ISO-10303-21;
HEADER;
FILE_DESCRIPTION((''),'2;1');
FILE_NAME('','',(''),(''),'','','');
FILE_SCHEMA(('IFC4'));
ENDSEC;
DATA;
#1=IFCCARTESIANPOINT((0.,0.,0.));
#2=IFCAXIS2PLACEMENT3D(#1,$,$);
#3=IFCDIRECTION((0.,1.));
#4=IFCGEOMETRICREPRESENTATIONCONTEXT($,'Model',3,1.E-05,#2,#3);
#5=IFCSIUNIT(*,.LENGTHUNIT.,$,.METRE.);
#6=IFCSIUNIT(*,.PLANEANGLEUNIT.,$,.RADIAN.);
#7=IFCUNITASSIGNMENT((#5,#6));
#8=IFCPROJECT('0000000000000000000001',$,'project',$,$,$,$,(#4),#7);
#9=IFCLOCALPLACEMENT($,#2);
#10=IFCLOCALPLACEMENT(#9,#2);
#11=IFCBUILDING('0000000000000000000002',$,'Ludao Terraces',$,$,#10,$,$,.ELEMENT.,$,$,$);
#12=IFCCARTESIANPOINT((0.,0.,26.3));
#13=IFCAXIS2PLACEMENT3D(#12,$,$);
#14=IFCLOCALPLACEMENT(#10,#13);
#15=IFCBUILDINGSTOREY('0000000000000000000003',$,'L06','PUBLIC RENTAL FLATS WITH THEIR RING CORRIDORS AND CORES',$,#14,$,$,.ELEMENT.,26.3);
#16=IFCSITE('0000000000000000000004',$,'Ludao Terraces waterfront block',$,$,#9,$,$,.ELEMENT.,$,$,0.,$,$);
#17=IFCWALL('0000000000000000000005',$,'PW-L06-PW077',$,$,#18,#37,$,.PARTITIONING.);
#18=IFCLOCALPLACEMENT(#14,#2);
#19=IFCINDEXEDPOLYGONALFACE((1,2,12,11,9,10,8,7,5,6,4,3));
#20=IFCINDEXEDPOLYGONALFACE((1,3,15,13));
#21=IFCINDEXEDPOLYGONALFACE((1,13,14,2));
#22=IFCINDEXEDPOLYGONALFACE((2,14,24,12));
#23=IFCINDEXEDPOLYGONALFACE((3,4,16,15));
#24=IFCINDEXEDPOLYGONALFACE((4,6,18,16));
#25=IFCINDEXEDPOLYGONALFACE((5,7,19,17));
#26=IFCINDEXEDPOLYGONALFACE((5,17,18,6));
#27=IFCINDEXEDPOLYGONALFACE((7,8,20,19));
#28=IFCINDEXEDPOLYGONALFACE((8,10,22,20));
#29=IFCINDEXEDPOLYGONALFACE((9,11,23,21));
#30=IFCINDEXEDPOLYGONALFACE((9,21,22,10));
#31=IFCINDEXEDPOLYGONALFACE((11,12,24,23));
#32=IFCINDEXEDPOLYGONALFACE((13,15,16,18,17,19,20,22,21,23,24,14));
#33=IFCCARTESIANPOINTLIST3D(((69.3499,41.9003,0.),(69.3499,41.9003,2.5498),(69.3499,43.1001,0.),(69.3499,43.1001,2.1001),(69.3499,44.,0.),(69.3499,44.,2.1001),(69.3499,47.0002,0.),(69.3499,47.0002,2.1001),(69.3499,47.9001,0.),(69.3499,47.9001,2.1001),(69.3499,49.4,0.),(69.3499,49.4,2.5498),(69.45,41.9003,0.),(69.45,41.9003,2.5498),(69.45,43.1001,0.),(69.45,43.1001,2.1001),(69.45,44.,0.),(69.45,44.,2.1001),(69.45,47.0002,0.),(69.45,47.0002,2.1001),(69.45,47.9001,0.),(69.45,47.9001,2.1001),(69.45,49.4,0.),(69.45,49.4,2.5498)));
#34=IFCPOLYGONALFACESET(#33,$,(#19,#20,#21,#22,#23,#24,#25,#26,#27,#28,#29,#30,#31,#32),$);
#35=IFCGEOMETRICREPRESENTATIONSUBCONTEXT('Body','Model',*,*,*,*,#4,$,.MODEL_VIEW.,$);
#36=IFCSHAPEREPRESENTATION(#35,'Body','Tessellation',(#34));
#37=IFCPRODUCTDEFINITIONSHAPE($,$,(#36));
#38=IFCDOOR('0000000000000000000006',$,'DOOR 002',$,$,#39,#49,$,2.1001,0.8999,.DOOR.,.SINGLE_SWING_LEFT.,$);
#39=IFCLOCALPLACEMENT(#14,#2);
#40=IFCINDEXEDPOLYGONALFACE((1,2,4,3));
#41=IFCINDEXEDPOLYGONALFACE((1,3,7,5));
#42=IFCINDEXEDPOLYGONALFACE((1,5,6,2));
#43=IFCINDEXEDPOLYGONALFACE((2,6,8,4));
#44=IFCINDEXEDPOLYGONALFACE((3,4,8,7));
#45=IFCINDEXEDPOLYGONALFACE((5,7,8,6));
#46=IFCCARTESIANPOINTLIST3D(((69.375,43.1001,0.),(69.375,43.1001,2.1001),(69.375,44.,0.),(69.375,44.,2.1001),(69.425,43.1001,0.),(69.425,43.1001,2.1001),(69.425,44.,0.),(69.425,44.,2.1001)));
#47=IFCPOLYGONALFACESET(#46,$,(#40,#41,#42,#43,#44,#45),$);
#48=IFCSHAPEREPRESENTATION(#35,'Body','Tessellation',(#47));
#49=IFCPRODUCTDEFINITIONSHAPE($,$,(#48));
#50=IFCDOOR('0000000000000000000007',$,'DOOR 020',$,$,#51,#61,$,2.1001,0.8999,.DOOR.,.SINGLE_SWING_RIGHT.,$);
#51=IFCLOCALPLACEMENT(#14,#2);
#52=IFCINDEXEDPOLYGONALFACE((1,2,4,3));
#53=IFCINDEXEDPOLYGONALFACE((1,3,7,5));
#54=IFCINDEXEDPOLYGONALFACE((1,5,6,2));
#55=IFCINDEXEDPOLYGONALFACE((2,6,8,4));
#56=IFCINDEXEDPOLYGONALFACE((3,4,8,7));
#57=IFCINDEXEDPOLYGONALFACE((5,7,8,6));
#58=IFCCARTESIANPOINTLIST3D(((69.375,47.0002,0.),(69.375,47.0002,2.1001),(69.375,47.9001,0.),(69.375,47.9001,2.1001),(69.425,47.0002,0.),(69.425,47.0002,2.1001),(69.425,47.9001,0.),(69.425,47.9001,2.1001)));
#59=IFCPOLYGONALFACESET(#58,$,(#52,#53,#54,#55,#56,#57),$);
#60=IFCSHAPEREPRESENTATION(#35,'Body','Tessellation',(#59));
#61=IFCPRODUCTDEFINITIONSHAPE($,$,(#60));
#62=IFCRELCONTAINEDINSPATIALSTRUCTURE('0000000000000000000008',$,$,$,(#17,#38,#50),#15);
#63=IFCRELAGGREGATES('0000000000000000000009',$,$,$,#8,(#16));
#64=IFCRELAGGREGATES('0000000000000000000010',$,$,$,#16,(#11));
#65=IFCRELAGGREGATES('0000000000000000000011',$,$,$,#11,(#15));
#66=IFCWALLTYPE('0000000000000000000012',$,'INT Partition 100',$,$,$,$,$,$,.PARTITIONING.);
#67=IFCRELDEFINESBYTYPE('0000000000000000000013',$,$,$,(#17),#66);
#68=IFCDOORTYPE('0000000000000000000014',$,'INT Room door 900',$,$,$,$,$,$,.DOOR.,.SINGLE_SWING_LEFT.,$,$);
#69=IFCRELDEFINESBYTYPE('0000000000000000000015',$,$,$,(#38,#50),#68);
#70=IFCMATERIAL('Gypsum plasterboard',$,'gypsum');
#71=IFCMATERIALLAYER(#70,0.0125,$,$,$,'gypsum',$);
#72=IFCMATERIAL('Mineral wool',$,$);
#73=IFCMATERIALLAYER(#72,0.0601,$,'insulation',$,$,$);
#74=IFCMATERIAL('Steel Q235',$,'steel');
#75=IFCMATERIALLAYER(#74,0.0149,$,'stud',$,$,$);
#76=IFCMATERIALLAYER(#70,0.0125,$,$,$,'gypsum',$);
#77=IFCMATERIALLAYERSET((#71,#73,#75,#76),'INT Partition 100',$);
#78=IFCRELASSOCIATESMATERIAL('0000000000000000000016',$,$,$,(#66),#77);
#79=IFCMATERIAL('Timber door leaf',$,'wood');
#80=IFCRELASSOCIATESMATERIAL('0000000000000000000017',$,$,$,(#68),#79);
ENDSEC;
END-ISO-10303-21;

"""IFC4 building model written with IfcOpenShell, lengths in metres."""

from ifc_helpers import new_model, si_unit, direction, frame, frame_2d, origin, place, context, subcontext, project, spatial, rectangle, extrude, material, layer, layer_set, type_object, element, fill, save


model = new_model("IFC4")

# Units and contexts
model_context = context("Model", 3, precision=1e-05, world=origin(), true_north=direction((0.0, 1.0)))
body_context = subcontext(model_context, "Body", "Model", "MODEL_VIEW")
ifc_project = project(units=[si_unit("LENGTHUNIT", "METRE"), si_unit("PLANEANGLEUNIT", "RADIAN")], contexts=[model_context])

# Site, building, storey
site_placement = place(None, origin())
site = spatial("IfcSite", under=ifc_project, at=site_placement, Name="Ludao Terraces waterfront block", CompositionType="ELEMENT", RefElevation=0.0)
building_placement = place(site_placement, origin())
building = spatial("IfcBuilding", under=site, at=building_placement, Name="Ludao Terraces", CompositionType="ELEMENT")
storey_placement = place(building_placement, frame((0.0, 0.0, 26.3)))
storey = spatial("IfcBuildingStorey", under=building, at=storey_placement, Name="L06", Description="PUBLIC RENTAL FLATS WITH THEIR RING CORRIDORS AND CORES", CompositionType="ELEMENT", Elevation=26.3)

# Wall, openings, doors
ifc_material_1 = material(Name="Gypsum plasterboard", Category="gypsum")
ifc_layer_1 = layer(ifc_material_1, 0.0125, Category="gypsum")
ifc_material_2 = material(Name="Mineral wool")
ifc_layer_2 = layer(ifc_material_2, 0.0601, Name="insulation")
ifc_material_3 = material(Name="Steel Q235", Category="steel")
ifc_layer_3 = layer(ifc_material_3, 0.0149, Name="stud")
ifc_layer_4 = layer(ifc_material_1, 0.0125, Category="gypsum")
ifc_layer_set = layer_set([ifc_layer_1, ifc_layer_2, ifc_layer_3, ifc_layer_4], Name="INT Partition 100")
wall_type = type_object("IfcWallType", Name="INT Partition 100", PredefinedType="PARTITIONING", material=ifc_layer_set)
ifc_material_4 = material(Name="Timber door leaf", Category="wood")
door_type_1 = type_object("IfcDoorType", Name="INT Room door 900", OperationType="SINGLE_SWING_LEFT", PredefinedType="DOOR", material=ifc_material_4)
wall_1_placement = place(storey_placement, frame((69.3999, 41.9001, 0.0), z_axis=(0.0, 0.0, 1.0), x_axis=(0.0, 1.0, 0.0)))
wall_1 = element("IfcWall", 1, at=wall_1_placement, inside=storey, type_object=wall_type, Name="PW-L06-PW077", PredefinedType="PARTITIONING", context=body_context, shape_type="SweptSolid", body=[
    extrude(rectangle(XDim=7.4998, YDim=0.1001, at=frame_2d((3.75, 0.0))), origin(), (0.0, 0.0, 1.0), 2.5498),
])
opening_1_placement = place(wall_1_placement, frame((1.2, 0.0, 0.0)))
opening_1 = element("IfcOpeningElement", 2, at=opening_1_placement, cuts=wall_1, PredefinedType="OPENING", context=body_context, shape_type="SweptSolid", body=[
    extrude(rectangle(XDim=0.8999, YDim=2.1001, at=frame_2d((0.45, 1.05))), frame((0.0, 0.0601, 0.0), z_axis=(0.0, -1.0, 0.0), x_axis=(1.0, 0.0, 0.0)), (0.0, 0.0, 1.0), 0.1201),
])
opening_2_placement = place(wall_1_placement, frame((5.1001, 0.0, 0.0)))
opening_2 = element("IfcOpeningElement", 3, at=opening_2_placement, cuts=wall_1, PredefinedType="OPENING", context=body_context, shape_type="SweptSolid", body=[
    extrude(rectangle(XDim=0.8999, YDim=2.1001, at=frame_2d((0.45, 1.05))), frame((0.0, 0.0601, 0.0), z_axis=(0.0, -1.0, 0.0), x_axis=(1.0, 0.0, 0.0)), (0.0, 0.0, 1.0), 0.1201),
])
door_1_placement = place(opening_1_placement, origin())
door_1 = element("IfcDoor", 4, at=door_1_placement, inside=storey, type_object=door_type_1, Name="DOOR 002", OperationType="SINGLE_SWING_LEFT", OverallHeight=2.1001, OverallWidth=0.8999, PredefinedType="DOOR", context=body_context, shape_type="SweptSolid", body=[
    extrude(rectangle(XDim=0.8999, YDim=2.1001, at=frame_2d((0.45, 1.05))), frame((0.0, 0.0249, 0.0), z_axis=(0.0, -1.0, 0.0), x_axis=(1.0, 0.0, 0.0)), (0.0, 0.0, 1.0), 0.05),
])
fill(opening_1, door_1)
door_2_placement = place(opening_2_placement, origin())
door_2 = element("IfcDoor", 5, at=door_2_placement, inside=storey, type_object=door_type_1, Name="DOOR 020", OperationType="SINGLE_SWING_RIGHT", OverallHeight=2.1001, OverallWidth=0.8999, PredefinedType="DOOR", context=body_context, shape_type="SweptSolid", body=[
    extrude(rectangle(XDim=0.8999, YDim=2.1001, at=frame_2d((0.45, 1.05))), frame((0.0, 0.0249, 0.0), z_axis=(0.0, -1.0, 0.0), x_axis=(1.0, 0.0, 0.0)), (0.0, 0.0, 1.0), 0.05),
])
fill(opening_2, door_2)

save(model, "model.ifc")
